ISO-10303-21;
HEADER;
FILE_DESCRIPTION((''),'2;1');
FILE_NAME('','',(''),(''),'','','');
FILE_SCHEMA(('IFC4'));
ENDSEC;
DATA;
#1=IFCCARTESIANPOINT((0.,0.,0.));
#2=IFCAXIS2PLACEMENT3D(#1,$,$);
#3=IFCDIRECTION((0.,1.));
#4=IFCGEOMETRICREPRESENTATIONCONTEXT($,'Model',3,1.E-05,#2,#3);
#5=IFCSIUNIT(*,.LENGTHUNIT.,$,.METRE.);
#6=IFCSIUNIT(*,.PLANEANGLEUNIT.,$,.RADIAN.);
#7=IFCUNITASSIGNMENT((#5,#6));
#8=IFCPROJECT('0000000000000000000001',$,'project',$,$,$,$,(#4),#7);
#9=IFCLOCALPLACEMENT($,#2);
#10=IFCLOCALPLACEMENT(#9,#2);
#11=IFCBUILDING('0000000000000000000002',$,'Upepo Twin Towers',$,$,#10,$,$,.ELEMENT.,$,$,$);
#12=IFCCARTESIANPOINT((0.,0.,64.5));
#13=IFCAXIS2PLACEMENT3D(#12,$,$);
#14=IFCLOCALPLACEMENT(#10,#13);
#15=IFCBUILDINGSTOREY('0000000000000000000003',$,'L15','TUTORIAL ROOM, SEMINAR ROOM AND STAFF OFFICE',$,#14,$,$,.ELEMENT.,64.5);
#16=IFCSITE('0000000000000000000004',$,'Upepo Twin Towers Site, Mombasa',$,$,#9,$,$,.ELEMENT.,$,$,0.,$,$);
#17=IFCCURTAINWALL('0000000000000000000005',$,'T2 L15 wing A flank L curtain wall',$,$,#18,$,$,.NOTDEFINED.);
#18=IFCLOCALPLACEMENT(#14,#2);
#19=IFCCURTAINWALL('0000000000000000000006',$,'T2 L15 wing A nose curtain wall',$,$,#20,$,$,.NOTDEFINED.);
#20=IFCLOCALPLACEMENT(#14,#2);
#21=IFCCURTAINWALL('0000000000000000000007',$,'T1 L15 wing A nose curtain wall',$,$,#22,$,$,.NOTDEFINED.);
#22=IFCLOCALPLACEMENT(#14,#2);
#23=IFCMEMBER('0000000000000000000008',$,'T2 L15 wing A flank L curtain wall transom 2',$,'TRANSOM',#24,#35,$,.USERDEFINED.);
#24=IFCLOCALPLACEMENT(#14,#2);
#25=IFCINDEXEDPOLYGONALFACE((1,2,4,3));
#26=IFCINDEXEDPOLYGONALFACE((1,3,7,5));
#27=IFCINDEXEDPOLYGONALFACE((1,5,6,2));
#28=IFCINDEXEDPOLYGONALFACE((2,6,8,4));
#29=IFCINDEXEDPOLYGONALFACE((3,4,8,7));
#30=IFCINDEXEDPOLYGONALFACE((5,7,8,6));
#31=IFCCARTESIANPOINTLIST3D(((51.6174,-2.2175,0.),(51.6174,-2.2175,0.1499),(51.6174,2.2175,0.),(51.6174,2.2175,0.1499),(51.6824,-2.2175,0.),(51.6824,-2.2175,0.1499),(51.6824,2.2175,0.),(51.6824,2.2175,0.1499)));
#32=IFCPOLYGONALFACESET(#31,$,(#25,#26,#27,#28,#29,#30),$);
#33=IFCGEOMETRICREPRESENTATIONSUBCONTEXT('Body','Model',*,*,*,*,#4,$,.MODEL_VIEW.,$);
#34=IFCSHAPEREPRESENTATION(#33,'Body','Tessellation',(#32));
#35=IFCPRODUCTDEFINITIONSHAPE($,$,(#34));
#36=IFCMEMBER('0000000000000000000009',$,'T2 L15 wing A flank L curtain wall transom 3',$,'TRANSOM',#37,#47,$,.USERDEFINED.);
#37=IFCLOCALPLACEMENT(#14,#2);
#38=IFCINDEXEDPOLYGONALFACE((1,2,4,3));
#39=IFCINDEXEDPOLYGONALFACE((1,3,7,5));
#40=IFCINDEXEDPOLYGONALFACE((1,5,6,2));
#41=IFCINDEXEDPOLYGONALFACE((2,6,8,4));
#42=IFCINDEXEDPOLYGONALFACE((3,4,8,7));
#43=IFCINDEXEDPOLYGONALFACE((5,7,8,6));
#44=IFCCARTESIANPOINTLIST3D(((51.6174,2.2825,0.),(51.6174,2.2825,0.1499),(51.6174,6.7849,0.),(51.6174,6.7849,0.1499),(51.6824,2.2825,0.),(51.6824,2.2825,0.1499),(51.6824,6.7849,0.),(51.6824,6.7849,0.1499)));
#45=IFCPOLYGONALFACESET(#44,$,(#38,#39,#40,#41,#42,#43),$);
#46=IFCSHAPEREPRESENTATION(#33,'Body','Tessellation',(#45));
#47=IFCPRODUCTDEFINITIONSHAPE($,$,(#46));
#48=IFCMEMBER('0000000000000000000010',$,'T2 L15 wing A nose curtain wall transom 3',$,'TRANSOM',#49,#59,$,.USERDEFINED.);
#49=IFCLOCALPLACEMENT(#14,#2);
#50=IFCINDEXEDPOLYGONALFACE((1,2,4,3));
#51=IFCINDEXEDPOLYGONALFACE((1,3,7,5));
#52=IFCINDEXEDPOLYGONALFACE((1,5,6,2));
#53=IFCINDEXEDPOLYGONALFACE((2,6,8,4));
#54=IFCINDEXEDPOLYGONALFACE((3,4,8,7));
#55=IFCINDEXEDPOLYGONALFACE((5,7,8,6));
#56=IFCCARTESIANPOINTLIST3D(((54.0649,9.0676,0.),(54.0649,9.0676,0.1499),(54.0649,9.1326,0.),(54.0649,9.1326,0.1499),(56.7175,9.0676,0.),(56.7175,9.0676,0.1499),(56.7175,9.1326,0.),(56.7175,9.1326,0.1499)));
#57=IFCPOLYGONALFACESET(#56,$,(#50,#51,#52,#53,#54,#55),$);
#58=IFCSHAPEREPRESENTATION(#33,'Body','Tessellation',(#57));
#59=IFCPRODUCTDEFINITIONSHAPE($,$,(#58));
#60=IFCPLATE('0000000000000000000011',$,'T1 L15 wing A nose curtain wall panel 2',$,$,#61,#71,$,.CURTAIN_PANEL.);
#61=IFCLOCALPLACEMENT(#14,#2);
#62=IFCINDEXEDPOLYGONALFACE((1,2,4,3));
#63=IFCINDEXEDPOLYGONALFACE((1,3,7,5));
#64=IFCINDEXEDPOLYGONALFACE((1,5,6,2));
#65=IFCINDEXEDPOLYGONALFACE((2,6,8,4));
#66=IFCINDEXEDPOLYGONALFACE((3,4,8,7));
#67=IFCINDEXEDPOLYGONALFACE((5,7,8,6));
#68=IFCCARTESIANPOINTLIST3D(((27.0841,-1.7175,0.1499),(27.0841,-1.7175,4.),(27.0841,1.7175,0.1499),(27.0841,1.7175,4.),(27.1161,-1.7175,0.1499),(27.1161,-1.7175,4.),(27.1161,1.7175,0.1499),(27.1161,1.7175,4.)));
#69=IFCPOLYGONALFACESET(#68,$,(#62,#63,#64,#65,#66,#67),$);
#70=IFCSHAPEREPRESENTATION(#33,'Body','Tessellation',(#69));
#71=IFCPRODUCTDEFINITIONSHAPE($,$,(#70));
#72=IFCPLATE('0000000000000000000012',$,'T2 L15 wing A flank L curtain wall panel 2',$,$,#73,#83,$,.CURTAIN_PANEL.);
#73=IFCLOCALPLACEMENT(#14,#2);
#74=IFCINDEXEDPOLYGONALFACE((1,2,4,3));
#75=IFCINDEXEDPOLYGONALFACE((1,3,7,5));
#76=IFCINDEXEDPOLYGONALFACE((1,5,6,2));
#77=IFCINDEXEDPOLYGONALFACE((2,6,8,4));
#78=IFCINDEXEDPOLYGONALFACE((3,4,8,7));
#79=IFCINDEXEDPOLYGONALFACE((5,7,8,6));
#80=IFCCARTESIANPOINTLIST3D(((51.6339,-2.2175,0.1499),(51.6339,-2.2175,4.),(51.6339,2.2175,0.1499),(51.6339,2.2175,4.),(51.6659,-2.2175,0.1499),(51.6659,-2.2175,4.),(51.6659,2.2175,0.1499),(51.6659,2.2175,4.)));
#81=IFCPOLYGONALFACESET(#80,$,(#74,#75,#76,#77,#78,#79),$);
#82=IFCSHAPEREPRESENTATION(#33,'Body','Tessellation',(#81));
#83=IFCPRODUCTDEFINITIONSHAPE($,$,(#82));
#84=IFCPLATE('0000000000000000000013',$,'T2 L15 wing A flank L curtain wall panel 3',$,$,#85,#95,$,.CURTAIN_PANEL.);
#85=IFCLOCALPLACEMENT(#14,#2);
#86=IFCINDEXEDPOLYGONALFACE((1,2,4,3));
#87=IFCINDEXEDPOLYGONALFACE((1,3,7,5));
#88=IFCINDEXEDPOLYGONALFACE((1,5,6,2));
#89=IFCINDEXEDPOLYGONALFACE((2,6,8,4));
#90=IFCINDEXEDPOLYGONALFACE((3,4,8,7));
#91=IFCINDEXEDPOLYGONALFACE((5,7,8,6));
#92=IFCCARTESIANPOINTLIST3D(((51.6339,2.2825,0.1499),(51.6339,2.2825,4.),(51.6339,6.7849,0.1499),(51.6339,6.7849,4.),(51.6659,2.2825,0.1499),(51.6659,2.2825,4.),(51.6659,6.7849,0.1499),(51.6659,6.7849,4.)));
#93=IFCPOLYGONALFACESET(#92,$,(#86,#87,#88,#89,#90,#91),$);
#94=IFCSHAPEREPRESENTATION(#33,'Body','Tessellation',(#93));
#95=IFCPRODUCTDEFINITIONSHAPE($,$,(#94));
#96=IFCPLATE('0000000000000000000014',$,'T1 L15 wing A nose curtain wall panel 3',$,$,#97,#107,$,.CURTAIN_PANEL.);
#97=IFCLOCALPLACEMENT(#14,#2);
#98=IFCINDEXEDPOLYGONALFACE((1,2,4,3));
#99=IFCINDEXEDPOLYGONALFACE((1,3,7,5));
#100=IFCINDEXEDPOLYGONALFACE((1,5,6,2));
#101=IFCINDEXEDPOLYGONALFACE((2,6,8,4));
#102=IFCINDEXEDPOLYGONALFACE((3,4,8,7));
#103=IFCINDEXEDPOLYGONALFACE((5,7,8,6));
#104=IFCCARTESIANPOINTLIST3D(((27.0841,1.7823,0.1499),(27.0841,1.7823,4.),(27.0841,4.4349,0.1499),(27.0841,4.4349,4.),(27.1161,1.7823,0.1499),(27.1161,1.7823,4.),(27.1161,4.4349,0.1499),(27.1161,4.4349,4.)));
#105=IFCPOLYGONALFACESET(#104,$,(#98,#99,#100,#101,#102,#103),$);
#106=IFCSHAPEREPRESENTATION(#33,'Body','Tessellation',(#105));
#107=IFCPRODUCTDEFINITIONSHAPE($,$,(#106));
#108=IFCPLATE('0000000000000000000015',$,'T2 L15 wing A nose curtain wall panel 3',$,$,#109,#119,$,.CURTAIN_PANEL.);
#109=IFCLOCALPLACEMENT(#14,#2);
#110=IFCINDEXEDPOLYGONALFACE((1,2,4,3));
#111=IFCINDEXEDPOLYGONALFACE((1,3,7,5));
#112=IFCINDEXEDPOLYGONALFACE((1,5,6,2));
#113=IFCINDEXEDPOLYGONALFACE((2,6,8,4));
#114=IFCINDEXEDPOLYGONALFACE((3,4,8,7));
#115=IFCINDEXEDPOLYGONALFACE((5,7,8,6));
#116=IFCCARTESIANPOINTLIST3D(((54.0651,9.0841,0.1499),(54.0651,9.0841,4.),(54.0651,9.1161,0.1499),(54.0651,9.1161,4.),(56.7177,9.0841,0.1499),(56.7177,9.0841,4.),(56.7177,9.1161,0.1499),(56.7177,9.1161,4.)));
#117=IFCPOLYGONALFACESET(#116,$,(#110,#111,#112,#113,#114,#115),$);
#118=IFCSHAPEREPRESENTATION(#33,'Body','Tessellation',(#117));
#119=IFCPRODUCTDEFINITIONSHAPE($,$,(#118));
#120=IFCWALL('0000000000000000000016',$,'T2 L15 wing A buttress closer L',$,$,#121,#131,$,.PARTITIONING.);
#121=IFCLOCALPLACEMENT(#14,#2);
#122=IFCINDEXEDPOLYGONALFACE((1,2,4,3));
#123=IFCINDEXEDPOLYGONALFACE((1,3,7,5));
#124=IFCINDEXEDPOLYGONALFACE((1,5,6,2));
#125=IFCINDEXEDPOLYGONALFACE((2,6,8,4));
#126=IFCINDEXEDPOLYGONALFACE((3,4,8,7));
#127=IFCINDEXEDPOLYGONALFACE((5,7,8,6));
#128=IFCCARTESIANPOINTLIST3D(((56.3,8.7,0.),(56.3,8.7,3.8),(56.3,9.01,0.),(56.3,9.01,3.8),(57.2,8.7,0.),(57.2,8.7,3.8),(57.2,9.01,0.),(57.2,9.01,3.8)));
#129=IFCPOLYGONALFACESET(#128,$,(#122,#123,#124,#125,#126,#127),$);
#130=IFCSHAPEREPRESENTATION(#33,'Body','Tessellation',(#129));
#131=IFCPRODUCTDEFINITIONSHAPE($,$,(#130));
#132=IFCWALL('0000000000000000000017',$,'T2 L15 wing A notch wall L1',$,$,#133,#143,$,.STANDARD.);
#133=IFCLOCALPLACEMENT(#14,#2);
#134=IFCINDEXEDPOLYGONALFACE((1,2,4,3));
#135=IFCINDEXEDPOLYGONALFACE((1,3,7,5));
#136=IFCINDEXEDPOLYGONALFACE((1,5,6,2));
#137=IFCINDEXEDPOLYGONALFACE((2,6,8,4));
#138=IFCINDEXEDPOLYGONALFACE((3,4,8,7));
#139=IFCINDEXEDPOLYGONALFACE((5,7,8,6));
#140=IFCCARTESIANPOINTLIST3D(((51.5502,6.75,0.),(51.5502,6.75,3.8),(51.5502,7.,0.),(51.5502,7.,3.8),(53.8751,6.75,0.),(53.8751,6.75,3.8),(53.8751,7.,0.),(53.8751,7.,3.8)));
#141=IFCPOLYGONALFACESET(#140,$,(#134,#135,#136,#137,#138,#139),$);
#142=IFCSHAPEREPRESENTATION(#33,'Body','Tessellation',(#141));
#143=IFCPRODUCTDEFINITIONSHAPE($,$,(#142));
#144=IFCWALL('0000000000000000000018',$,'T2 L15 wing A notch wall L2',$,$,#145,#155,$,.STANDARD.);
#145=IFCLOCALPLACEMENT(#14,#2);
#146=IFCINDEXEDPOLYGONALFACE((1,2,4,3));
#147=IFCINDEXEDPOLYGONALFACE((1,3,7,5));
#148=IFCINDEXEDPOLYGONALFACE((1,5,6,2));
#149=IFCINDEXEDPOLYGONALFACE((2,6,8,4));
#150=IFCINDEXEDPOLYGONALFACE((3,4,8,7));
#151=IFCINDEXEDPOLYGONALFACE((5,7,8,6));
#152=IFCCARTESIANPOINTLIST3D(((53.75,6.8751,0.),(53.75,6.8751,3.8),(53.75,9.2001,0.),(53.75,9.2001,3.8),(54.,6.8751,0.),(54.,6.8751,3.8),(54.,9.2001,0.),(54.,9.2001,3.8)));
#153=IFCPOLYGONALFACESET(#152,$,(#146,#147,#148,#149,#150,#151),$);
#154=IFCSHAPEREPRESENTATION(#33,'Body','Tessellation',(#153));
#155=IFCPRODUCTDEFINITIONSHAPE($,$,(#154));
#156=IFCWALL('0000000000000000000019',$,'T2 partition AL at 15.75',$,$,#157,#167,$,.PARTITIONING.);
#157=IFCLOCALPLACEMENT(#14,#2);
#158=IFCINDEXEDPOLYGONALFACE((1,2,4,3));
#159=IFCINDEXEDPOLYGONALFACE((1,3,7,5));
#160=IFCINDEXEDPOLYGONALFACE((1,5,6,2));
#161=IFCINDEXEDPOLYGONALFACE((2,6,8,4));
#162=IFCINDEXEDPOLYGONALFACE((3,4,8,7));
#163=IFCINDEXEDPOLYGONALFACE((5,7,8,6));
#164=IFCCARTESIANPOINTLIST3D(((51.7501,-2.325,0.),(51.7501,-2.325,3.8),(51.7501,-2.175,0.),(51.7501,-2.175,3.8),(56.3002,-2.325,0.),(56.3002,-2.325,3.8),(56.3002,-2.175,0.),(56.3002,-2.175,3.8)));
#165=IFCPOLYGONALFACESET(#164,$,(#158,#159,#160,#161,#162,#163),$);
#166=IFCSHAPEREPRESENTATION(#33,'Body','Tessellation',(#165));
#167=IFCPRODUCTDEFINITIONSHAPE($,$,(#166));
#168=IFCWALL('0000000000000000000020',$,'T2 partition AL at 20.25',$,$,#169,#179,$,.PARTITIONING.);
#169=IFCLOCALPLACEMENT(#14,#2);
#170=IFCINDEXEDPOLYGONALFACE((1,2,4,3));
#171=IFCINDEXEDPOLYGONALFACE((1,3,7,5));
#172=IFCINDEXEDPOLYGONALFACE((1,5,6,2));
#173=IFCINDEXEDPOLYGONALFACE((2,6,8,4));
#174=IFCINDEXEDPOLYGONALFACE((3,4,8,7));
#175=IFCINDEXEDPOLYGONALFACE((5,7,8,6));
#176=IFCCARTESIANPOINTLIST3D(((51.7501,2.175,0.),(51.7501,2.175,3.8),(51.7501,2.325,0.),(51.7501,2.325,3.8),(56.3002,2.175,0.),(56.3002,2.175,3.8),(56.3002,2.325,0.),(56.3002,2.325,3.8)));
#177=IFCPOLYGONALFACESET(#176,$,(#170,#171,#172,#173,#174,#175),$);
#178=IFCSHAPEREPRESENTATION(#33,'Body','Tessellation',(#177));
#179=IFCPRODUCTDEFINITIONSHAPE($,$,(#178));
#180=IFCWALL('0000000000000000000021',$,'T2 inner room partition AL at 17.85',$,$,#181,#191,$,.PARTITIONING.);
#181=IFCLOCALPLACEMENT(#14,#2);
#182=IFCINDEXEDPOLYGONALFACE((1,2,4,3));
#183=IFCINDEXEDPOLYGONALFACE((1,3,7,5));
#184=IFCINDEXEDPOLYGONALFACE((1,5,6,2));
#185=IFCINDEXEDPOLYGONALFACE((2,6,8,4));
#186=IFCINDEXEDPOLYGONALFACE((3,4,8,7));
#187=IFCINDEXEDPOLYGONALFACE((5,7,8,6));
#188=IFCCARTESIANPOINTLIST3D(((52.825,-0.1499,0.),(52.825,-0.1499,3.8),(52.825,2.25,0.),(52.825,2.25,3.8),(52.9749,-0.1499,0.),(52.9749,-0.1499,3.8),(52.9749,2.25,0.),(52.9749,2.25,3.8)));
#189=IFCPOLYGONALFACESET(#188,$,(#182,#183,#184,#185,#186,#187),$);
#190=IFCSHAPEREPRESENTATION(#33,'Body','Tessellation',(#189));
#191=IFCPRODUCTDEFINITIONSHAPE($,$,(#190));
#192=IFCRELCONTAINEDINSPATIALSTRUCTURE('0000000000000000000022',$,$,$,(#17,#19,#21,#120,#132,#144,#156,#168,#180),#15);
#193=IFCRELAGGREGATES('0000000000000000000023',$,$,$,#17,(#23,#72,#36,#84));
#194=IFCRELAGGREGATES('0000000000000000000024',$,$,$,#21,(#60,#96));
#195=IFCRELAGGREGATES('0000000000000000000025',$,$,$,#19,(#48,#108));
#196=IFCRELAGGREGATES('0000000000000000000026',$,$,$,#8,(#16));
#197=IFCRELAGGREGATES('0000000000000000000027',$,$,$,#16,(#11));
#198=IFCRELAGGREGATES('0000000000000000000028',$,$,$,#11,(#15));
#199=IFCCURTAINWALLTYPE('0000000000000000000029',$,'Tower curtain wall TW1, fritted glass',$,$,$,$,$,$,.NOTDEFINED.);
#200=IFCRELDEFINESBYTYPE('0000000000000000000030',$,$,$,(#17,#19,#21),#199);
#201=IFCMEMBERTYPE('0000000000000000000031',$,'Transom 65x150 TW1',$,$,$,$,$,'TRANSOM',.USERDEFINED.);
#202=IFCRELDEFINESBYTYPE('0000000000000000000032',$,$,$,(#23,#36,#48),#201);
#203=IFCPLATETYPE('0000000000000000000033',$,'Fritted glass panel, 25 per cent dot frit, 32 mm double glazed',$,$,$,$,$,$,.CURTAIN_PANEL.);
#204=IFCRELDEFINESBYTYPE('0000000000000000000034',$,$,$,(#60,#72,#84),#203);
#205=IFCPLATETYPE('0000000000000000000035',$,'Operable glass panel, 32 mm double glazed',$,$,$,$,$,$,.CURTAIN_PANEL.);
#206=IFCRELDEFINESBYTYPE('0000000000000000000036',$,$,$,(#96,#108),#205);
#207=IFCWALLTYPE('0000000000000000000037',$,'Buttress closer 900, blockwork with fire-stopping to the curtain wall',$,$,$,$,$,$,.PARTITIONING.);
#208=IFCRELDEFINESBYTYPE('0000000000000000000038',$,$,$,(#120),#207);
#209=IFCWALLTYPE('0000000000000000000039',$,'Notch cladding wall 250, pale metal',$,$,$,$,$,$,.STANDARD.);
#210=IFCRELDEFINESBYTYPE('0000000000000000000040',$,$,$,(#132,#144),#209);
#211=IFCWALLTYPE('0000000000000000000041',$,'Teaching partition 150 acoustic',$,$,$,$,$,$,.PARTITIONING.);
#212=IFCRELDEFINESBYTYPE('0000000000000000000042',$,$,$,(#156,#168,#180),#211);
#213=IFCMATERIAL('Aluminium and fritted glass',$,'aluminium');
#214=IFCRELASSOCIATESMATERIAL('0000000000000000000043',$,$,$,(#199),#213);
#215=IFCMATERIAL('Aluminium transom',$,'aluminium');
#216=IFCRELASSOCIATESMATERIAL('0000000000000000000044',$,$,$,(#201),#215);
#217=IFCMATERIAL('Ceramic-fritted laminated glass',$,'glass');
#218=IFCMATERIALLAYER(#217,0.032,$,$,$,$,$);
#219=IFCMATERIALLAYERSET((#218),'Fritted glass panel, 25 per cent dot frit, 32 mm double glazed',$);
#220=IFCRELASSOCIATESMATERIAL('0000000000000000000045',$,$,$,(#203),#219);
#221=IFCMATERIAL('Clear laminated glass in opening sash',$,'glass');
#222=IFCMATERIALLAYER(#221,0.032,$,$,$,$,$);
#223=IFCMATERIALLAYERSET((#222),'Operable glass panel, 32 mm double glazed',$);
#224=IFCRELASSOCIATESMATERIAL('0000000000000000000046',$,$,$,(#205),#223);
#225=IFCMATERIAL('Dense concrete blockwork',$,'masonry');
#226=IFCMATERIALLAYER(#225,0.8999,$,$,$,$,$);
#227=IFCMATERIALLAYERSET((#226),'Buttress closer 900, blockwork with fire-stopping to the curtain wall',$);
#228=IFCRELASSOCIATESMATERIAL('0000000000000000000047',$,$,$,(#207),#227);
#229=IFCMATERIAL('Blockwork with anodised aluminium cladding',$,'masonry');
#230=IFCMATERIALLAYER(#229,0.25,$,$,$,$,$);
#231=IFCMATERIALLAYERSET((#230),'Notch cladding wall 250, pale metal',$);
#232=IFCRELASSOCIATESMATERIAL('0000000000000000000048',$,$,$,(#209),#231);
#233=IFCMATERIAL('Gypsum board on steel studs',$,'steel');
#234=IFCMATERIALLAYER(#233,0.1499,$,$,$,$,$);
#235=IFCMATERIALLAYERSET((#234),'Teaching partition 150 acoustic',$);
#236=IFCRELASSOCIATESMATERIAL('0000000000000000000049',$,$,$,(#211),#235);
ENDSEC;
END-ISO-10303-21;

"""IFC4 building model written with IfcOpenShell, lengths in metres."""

from ifc_helpers import new_model, si_unit, direction, frame, frame_2d, origin, origin_2d, place, context, subcontext, project, spatial, rectangle, extrude, material, layer, layer_set, material_profile, profile_set, type_object, element, aggregate, save


model = new_model("IFC4")

# Units and contexts
model_context = context("Model", 3, precision=1e-05, world=origin(), true_north=direction((0.0, 1.0)))
body_context = subcontext(model_context, "Body", "Model", "MODEL_VIEW")
ifc_project = project(units=[si_unit("LENGTHUNIT", "METRE"), si_unit("PLANEANGLEUNIT", "RADIAN")], contexts=[model_context])

# Site, building, storey
site_placement = place(None, origin())
site = spatial("IfcSite", under=ifc_project, at=site_placement, Name="Upepo Twin Towers Site, Mombasa", CompositionType="ELEMENT", RefElevation=0.0)
building_placement = place(site_placement, origin())
building = spatial("IfcBuilding", under=site, at=building_placement, Name="Upepo Twin Towers", CompositionType="ELEMENT")
storey_placement = place(building_placement, frame((0.0, 0.0, 64.5)))
storey = spatial("IfcBuildingStorey", under=building, at=storey_placement, Name="L15", Description="TUTORIAL ROOM, SEMINAR ROOM AND STAFF OFFICE", CompositionType="ELEMENT", Elevation=64.5)

# Curtain walls
ifc_material_1 = material(Name="Aluminium and fritted glass", Category="aluminium")
curtain_wall_type = type_object("IfcCurtainWallType", Name="Tower curtain wall TW1, fritted glass", PredefinedType="NOTDEFINED", material=ifc_material_1)
curtain_wall_1_placement = place(storey_placement, origin())
curtain_wall_1 = element("IfcCurtainWall", 1, at=curtain_wall_1_placement, inside=storey, type_object=curtain_wall_type, Name="T2 L15 wing A flank L curtain wall", PredefinedType="NOTDEFINED")
curtain_wall_2_placement = place(storey_placement, origin())
curtain_wall_2 = element("IfcCurtainWall", 2, at=curtain_wall_2_placement, inside=storey, type_object=curtain_wall_type, Name="T2 L15 wing A nose curtain wall", PredefinedType="NOTDEFINED")
curtain_wall_3_placement = place(storey_placement, origin())
curtain_wall_3 = element("IfcCurtainWall", 3, at=curtain_wall_3_placement, inside=storey, type_object=curtain_wall_type, Name="T1 L15 wing A nose curtain wall", PredefinedType="NOTDEFINED")
ifc_material_2 = material(Name="Aluminium transom", Category="aluminium")
ifc_material_profile_1 = material_profile(ifc_material_2, rectangle(XDim=0.0649, YDim=0.1499, at=origin_2d()), Name="TRANSOM 65x150")
ifc_profile_set_1 = profile_set([ifc_material_profile_1], Name="Aluminium transom")
member_type_1 = type_object("IfcMemberType", Name="Transom 65x150 TW1", ElementType="TRANSOM", PredefinedType="USERDEFINED", material=ifc_profile_set_1)

# Members
member_1_placement = place(storey_placement, frame((51.6499, -2.2175, 0.075), z_axis=(0.0, 1.0, 0.0), x_axis=(-1.0, 0.0, 0.0)))
member_1 = element("IfcMember", 4, at=member_1_placement, type_object=member_type_1, Name="T2 L15 wing A flank L curtain wall transom 2", ObjectType="TRANSOM", PredefinedType="USERDEFINED", context=body_context, shape_type="SweptSolid", body=[
    extrude(rectangle(XDim=0.0649, YDim=0.1499, at=origin_2d()), origin(), (0.0, 0.0, 1.0), 4.4351),
])
member_2_placement = place(storey_placement, frame((51.6499, 2.2825, 0.075), z_axis=(0.0, 1.0, 0.0), x_axis=(-1.0, 0.0, 0.0)))
member_2 = element("IfcMember", 5, at=member_2_placement, type_object=member_type_1, Name="T2 L15 wing A flank L curtain wall transom 3", ObjectType="TRANSOM", PredefinedType="USERDEFINED", context=body_context, shape_type="SweptSolid", body=[
    extrude(rectangle(XDim=0.0649, YDim=0.1499, at=origin_2d()), origin(), (0.0, 0.0, 1.0), 4.5024),
])
member_3_placement = place(storey_placement, frame((56.7175, 9.1001, 0.075), z_axis=(-1.0, 0.0, 0.0), x_axis=(0.0, -1.0, 0.0)))
member_3 = element("IfcMember", 6, at=member_3_placement, type_object=member_type_1, Name="T2 L15 wing A nose curtain wall transom 3", ObjectType="TRANSOM", PredefinedType="USERDEFINED", context=body_context, shape_type="SweptSolid", body=[
    extrude(rectangle(XDim=0.0649, YDim=0.1499, at=origin_2d()), origin(), (0.0, 0.0, 1.0), 2.6526),
])

# Plates
ifc_material_3 = material(Name="Ceramic-fritted laminated glass", Category="glass")
ifc_layer_1 = layer(ifc_material_3, 0.032)
ifc_layer_set_1 = layer_set([ifc_layer_1], Name="Fritted glass panel, 25 per cent dot frit, 32 mm double glazed")
plate_type_1 = type_object("IfcPlateType", Name="Fritted glass panel, 25 per cent dot frit, 32 mm double glazed", PredefinedType="CURTAIN_PANEL", material=ifc_layer_set_1)
plate_1_placement = place(storey_placement, frame((27.1001, 0.0, 0.1499), z_axis=(0.0, 0.0, 1.0), x_axis=(0.0, 1.0, 0.0)))
plate_1 = element("IfcPlate", 7, at=plate_1_placement, type_object=plate_type_1, Name="T1 L15 wing A nose curtain wall panel 2", PredefinedType="CURTAIN_PANEL", context=body_context, shape_type="SweptSolid", body=[
    extrude(rectangle(XDim=3.4351, YDim=0.032, at=origin_2d()), origin(), (0.0, 0.0, 1.0), 3.8501),
])
plate_2_placement = place(storey_placement, frame((51.6499, 0.0, 0.1499), z_axis=(0.0, 0.0, 1.0), x_axis=(0.0, 1.0, 0.0)))
plate_2 = element("IfcPlate", 8, at=plate_2_placement, type_object=plate_type_1, Name="T2 L15 wing A flank L curtain wall panel 2", PredefinedType="CURTAIN_PANEL", context=body_context, shape_type="SweptSolid", body=[
    extrude(rectangle(XDim=4.4351, YDim=0.032, at=origin_2d()), origin(), (0.0, 0.0, 1.0), 3.8501),
])
plate_3_placement = place(storey_placement, frame((51.6499, 4.5337, 0.1499), z_axis=(0.0, 0.0, 1.0), x_axis=(0.0, 1.0, 0.0)))
plate_3 = element("IfcPlate", 9, at=plate_3_placement, type_object=plate_type_1, Name="T2 L15 wing A flank L curtain wall panel 3", PredefinedType="CURTAIN_PANEL", context=body_context, shape_type="SweptSolid", body=[
    extrude(rectangle(XDim=4.5024, YDim=0.032, at=origin_2d()), origin(), (0.0, 0.0, 1.0), 3.8501),
])
aggregate(curtain_wall_1, [member_1, plate_2, member_2, plate_3])
ifc_material_4 = material(Name="Clear laminated glass in opening sash", Category="glass")
ifc_layer_2 = layer(ifc_material_4, 0.032)
ifc_layer_set_2 = layer_set([ifc_layer_2], Name="Operable glass panel, 32 mm double glazed")
plate_type_2 = type_object("IfcPlateType", Name="Operable glass panel, 32 mm double glazed", PredefinedType="CURTAIN_PANEL", material=ifc_layer_set_2)
plate_4_placement = place(storey_placement, frame((27.1001, 3.1086, 0.1499), z_axis=(0.0, 0.0, 1.0), x_axis=(0.0, 1.0, 0.0)))
plate_4 = element("IfcPlate", 10, at=plate_4_placement, type_object=plate_type_2, Name="T1 L15 wing A nose curtain wall panel 3", PredefinedType="CURTAIN_PANEL", context=body_context, shape_type="SweptSolid", body=[
    extrude(rectangle(XDim=2.6526, YDim=0.032, at=origin_2d()), origin(), (0.0, 0.0, 1.0), 3.8501),
])
aggregate(curtain_wall_3, [plate_1, plate_4])
plate_5_placement = place(storey_placement, frame((55.3914, 9.1001, 0.1499), z_axis=(0.0, 0.0, 1.0), x_axis=(-1.0, 0.0, 0.0)))
plate_5 = element("IfcPlate", 11, at=plate_5_placement, type_object=plate_type_2, Name="T2 L15 wing A nose curtain wall panel 3", PredefinedType="CURTAIN_PANEL", context=body_context, shape_type="SweptSolid", body=[
    extrude(rectangle(XDim=2.6526, YDim=0.032, at=origin_2d()), origin(), (0.0, 0.0, 1.0), 3.8501),
])
aggregate(curtain_wall_2, [member_3, plate_5])

# Walls
ifc_material_5 = material(Name="Dense concrete blockwork", Category="masonry")
ifc_layer_3 = layer(ifc_material_5, 0.8999)
ifc_layer_set_3 = layer_set([ifc_layer_3], Name="Buttress closer 900, blockwork with fire-stopping to the curtain wall")
wall_type_1 = type_object("IfcWallType", Name="Buttress closer 900, blockwork with fire-stopping to the curtain wall", PredefinedType="PARTITIONING", material=ifc_layer_set_3)
wall_1_placement = place(storey_placement, frame((56.75, 8.7, 0.0), z_axis=(0.0, 0.0, 1.0), x_axis=(0.0, 1.0, 0.0)))
element("IfcWall", 12, at=wall_1_placement, inside=storey, type_object=wall_type_1, Name="T2 L15 wing A buttress closer L", PredefinedType="PARTITIONING", context=body_context, shape_type="SweptSolid", body=[
    extrude(rectangle(XDim=0.3101, YDim=0.8999, at=frame_2d((0.155, 0.0))), origin(), (0.0, 0.0, 1.0), 3.8),
])
ifc_material_6 = material(Name="Blockwork with anodised aluminium cladding", Category="masonry")
ifc_layer_4 = layer(ifc_material_6, 0.25)
ifc_layer_set_4 = layer_set([ifc_layer_4], Name="Notch cladding wall 250, pale metal")
wall_type_2 = type_object("IfcWallType", Name="Notch cladding wall 250, pale metal", PredefinedType="STANDARD", material=ifc_layer_set_4)
for number, where, z_axis, x_axis, name in (
    (13, (51.55, 6.875, 0.0), (0.0, 0.0, 1.0), (1.0, 0.0, 0.0), "T2 L15 wing A notch wall L1"),
    (14, (53.875, 6.875, 0.0), (0.0, 0.0, 1.0), (0.0, 1.0, 0.0), "T2 L15 wing A notch wall L2"),
):
    element("IfcWall", number, at=place(storey_placement, frame(where, z_axis=z_axis, x_axis=x_axis)), inside=storey, type_object=wall_type_2, Name=name, PredefinedType="STANDARD", context=body_context, shape_type="SweptSolid", body=[
        extrude(rectangle(XDim=2.325, YDim=0.25, at=frame_2d((1.1626, 0.0))), origin(), (0.0, 0.0, 1.0), 3.8),
    ])
ifc_material_7 = material(Name="Gypsum board on steel studs", Category="steel")
ifc_layer_5 = layer(ifc_material_7, 0.1499)
ifc_layer_set_5 = layer_set([ifc_layer_5], Name="Teaching partition 150 acoustic")
wall_type_3 = type_object("IfcWallType", Name="Teaching partition 150 acoustic", PredefinedType="PARTITIONING", material=ifc_layer_set_5)
for number, where, z_axis, x_axis, name in (
    (15, (56.3, -2.25, 0.0), (0.0, 0.0, 1.0), (-1.0, 0.0, 0.0), "T2 partition AL at 15.75"),
    (16, (56.3, 2.25, 0.0), (0.0, 0.0, 1.0), (-1.0, 0.0, 0.0), "T2 partition AL at 20.25"),
):
    element("IfcWall", number, at=place(storey_placement, frame(where, z_axis=z_axis, x_axis=x_axis)), inside=storey, type_object=wall_type_3, Name=name, PredefinedType="PARTITIONING", context=body_context, shape_type="SweptSolid", body=[
        extrude(rectangle(XDim=4.55, YDim=0.1499, at=frame_2d((2.2749, 0.0))), origin(), (0.0, 0.0, 1.0), 3.8),
    ])
wall_2_placement = place(storey_placement, frame((52.8999, -0.1499, 0.0), z_axis=(0.0, 0.0, 1.0), x_axis=(0.0, 1.0, 0.0)))
element("IfcWall", 17, at=wall_2_placement, inside=storey, type_object=wall_type_3, Name="T2 inner room partition AL at 17.85", PredefinedType="PARTITIONING", context=body_context, shape_type="SweptSolid", body=[
    extrude(rectangle(XDim=2.3999, YDim=0.1499, at=frame_2d((1.2, 0.0))), origin(), (0.0, 0.0, 1.0), 3.8),
])

save(model, "model.ifc")
